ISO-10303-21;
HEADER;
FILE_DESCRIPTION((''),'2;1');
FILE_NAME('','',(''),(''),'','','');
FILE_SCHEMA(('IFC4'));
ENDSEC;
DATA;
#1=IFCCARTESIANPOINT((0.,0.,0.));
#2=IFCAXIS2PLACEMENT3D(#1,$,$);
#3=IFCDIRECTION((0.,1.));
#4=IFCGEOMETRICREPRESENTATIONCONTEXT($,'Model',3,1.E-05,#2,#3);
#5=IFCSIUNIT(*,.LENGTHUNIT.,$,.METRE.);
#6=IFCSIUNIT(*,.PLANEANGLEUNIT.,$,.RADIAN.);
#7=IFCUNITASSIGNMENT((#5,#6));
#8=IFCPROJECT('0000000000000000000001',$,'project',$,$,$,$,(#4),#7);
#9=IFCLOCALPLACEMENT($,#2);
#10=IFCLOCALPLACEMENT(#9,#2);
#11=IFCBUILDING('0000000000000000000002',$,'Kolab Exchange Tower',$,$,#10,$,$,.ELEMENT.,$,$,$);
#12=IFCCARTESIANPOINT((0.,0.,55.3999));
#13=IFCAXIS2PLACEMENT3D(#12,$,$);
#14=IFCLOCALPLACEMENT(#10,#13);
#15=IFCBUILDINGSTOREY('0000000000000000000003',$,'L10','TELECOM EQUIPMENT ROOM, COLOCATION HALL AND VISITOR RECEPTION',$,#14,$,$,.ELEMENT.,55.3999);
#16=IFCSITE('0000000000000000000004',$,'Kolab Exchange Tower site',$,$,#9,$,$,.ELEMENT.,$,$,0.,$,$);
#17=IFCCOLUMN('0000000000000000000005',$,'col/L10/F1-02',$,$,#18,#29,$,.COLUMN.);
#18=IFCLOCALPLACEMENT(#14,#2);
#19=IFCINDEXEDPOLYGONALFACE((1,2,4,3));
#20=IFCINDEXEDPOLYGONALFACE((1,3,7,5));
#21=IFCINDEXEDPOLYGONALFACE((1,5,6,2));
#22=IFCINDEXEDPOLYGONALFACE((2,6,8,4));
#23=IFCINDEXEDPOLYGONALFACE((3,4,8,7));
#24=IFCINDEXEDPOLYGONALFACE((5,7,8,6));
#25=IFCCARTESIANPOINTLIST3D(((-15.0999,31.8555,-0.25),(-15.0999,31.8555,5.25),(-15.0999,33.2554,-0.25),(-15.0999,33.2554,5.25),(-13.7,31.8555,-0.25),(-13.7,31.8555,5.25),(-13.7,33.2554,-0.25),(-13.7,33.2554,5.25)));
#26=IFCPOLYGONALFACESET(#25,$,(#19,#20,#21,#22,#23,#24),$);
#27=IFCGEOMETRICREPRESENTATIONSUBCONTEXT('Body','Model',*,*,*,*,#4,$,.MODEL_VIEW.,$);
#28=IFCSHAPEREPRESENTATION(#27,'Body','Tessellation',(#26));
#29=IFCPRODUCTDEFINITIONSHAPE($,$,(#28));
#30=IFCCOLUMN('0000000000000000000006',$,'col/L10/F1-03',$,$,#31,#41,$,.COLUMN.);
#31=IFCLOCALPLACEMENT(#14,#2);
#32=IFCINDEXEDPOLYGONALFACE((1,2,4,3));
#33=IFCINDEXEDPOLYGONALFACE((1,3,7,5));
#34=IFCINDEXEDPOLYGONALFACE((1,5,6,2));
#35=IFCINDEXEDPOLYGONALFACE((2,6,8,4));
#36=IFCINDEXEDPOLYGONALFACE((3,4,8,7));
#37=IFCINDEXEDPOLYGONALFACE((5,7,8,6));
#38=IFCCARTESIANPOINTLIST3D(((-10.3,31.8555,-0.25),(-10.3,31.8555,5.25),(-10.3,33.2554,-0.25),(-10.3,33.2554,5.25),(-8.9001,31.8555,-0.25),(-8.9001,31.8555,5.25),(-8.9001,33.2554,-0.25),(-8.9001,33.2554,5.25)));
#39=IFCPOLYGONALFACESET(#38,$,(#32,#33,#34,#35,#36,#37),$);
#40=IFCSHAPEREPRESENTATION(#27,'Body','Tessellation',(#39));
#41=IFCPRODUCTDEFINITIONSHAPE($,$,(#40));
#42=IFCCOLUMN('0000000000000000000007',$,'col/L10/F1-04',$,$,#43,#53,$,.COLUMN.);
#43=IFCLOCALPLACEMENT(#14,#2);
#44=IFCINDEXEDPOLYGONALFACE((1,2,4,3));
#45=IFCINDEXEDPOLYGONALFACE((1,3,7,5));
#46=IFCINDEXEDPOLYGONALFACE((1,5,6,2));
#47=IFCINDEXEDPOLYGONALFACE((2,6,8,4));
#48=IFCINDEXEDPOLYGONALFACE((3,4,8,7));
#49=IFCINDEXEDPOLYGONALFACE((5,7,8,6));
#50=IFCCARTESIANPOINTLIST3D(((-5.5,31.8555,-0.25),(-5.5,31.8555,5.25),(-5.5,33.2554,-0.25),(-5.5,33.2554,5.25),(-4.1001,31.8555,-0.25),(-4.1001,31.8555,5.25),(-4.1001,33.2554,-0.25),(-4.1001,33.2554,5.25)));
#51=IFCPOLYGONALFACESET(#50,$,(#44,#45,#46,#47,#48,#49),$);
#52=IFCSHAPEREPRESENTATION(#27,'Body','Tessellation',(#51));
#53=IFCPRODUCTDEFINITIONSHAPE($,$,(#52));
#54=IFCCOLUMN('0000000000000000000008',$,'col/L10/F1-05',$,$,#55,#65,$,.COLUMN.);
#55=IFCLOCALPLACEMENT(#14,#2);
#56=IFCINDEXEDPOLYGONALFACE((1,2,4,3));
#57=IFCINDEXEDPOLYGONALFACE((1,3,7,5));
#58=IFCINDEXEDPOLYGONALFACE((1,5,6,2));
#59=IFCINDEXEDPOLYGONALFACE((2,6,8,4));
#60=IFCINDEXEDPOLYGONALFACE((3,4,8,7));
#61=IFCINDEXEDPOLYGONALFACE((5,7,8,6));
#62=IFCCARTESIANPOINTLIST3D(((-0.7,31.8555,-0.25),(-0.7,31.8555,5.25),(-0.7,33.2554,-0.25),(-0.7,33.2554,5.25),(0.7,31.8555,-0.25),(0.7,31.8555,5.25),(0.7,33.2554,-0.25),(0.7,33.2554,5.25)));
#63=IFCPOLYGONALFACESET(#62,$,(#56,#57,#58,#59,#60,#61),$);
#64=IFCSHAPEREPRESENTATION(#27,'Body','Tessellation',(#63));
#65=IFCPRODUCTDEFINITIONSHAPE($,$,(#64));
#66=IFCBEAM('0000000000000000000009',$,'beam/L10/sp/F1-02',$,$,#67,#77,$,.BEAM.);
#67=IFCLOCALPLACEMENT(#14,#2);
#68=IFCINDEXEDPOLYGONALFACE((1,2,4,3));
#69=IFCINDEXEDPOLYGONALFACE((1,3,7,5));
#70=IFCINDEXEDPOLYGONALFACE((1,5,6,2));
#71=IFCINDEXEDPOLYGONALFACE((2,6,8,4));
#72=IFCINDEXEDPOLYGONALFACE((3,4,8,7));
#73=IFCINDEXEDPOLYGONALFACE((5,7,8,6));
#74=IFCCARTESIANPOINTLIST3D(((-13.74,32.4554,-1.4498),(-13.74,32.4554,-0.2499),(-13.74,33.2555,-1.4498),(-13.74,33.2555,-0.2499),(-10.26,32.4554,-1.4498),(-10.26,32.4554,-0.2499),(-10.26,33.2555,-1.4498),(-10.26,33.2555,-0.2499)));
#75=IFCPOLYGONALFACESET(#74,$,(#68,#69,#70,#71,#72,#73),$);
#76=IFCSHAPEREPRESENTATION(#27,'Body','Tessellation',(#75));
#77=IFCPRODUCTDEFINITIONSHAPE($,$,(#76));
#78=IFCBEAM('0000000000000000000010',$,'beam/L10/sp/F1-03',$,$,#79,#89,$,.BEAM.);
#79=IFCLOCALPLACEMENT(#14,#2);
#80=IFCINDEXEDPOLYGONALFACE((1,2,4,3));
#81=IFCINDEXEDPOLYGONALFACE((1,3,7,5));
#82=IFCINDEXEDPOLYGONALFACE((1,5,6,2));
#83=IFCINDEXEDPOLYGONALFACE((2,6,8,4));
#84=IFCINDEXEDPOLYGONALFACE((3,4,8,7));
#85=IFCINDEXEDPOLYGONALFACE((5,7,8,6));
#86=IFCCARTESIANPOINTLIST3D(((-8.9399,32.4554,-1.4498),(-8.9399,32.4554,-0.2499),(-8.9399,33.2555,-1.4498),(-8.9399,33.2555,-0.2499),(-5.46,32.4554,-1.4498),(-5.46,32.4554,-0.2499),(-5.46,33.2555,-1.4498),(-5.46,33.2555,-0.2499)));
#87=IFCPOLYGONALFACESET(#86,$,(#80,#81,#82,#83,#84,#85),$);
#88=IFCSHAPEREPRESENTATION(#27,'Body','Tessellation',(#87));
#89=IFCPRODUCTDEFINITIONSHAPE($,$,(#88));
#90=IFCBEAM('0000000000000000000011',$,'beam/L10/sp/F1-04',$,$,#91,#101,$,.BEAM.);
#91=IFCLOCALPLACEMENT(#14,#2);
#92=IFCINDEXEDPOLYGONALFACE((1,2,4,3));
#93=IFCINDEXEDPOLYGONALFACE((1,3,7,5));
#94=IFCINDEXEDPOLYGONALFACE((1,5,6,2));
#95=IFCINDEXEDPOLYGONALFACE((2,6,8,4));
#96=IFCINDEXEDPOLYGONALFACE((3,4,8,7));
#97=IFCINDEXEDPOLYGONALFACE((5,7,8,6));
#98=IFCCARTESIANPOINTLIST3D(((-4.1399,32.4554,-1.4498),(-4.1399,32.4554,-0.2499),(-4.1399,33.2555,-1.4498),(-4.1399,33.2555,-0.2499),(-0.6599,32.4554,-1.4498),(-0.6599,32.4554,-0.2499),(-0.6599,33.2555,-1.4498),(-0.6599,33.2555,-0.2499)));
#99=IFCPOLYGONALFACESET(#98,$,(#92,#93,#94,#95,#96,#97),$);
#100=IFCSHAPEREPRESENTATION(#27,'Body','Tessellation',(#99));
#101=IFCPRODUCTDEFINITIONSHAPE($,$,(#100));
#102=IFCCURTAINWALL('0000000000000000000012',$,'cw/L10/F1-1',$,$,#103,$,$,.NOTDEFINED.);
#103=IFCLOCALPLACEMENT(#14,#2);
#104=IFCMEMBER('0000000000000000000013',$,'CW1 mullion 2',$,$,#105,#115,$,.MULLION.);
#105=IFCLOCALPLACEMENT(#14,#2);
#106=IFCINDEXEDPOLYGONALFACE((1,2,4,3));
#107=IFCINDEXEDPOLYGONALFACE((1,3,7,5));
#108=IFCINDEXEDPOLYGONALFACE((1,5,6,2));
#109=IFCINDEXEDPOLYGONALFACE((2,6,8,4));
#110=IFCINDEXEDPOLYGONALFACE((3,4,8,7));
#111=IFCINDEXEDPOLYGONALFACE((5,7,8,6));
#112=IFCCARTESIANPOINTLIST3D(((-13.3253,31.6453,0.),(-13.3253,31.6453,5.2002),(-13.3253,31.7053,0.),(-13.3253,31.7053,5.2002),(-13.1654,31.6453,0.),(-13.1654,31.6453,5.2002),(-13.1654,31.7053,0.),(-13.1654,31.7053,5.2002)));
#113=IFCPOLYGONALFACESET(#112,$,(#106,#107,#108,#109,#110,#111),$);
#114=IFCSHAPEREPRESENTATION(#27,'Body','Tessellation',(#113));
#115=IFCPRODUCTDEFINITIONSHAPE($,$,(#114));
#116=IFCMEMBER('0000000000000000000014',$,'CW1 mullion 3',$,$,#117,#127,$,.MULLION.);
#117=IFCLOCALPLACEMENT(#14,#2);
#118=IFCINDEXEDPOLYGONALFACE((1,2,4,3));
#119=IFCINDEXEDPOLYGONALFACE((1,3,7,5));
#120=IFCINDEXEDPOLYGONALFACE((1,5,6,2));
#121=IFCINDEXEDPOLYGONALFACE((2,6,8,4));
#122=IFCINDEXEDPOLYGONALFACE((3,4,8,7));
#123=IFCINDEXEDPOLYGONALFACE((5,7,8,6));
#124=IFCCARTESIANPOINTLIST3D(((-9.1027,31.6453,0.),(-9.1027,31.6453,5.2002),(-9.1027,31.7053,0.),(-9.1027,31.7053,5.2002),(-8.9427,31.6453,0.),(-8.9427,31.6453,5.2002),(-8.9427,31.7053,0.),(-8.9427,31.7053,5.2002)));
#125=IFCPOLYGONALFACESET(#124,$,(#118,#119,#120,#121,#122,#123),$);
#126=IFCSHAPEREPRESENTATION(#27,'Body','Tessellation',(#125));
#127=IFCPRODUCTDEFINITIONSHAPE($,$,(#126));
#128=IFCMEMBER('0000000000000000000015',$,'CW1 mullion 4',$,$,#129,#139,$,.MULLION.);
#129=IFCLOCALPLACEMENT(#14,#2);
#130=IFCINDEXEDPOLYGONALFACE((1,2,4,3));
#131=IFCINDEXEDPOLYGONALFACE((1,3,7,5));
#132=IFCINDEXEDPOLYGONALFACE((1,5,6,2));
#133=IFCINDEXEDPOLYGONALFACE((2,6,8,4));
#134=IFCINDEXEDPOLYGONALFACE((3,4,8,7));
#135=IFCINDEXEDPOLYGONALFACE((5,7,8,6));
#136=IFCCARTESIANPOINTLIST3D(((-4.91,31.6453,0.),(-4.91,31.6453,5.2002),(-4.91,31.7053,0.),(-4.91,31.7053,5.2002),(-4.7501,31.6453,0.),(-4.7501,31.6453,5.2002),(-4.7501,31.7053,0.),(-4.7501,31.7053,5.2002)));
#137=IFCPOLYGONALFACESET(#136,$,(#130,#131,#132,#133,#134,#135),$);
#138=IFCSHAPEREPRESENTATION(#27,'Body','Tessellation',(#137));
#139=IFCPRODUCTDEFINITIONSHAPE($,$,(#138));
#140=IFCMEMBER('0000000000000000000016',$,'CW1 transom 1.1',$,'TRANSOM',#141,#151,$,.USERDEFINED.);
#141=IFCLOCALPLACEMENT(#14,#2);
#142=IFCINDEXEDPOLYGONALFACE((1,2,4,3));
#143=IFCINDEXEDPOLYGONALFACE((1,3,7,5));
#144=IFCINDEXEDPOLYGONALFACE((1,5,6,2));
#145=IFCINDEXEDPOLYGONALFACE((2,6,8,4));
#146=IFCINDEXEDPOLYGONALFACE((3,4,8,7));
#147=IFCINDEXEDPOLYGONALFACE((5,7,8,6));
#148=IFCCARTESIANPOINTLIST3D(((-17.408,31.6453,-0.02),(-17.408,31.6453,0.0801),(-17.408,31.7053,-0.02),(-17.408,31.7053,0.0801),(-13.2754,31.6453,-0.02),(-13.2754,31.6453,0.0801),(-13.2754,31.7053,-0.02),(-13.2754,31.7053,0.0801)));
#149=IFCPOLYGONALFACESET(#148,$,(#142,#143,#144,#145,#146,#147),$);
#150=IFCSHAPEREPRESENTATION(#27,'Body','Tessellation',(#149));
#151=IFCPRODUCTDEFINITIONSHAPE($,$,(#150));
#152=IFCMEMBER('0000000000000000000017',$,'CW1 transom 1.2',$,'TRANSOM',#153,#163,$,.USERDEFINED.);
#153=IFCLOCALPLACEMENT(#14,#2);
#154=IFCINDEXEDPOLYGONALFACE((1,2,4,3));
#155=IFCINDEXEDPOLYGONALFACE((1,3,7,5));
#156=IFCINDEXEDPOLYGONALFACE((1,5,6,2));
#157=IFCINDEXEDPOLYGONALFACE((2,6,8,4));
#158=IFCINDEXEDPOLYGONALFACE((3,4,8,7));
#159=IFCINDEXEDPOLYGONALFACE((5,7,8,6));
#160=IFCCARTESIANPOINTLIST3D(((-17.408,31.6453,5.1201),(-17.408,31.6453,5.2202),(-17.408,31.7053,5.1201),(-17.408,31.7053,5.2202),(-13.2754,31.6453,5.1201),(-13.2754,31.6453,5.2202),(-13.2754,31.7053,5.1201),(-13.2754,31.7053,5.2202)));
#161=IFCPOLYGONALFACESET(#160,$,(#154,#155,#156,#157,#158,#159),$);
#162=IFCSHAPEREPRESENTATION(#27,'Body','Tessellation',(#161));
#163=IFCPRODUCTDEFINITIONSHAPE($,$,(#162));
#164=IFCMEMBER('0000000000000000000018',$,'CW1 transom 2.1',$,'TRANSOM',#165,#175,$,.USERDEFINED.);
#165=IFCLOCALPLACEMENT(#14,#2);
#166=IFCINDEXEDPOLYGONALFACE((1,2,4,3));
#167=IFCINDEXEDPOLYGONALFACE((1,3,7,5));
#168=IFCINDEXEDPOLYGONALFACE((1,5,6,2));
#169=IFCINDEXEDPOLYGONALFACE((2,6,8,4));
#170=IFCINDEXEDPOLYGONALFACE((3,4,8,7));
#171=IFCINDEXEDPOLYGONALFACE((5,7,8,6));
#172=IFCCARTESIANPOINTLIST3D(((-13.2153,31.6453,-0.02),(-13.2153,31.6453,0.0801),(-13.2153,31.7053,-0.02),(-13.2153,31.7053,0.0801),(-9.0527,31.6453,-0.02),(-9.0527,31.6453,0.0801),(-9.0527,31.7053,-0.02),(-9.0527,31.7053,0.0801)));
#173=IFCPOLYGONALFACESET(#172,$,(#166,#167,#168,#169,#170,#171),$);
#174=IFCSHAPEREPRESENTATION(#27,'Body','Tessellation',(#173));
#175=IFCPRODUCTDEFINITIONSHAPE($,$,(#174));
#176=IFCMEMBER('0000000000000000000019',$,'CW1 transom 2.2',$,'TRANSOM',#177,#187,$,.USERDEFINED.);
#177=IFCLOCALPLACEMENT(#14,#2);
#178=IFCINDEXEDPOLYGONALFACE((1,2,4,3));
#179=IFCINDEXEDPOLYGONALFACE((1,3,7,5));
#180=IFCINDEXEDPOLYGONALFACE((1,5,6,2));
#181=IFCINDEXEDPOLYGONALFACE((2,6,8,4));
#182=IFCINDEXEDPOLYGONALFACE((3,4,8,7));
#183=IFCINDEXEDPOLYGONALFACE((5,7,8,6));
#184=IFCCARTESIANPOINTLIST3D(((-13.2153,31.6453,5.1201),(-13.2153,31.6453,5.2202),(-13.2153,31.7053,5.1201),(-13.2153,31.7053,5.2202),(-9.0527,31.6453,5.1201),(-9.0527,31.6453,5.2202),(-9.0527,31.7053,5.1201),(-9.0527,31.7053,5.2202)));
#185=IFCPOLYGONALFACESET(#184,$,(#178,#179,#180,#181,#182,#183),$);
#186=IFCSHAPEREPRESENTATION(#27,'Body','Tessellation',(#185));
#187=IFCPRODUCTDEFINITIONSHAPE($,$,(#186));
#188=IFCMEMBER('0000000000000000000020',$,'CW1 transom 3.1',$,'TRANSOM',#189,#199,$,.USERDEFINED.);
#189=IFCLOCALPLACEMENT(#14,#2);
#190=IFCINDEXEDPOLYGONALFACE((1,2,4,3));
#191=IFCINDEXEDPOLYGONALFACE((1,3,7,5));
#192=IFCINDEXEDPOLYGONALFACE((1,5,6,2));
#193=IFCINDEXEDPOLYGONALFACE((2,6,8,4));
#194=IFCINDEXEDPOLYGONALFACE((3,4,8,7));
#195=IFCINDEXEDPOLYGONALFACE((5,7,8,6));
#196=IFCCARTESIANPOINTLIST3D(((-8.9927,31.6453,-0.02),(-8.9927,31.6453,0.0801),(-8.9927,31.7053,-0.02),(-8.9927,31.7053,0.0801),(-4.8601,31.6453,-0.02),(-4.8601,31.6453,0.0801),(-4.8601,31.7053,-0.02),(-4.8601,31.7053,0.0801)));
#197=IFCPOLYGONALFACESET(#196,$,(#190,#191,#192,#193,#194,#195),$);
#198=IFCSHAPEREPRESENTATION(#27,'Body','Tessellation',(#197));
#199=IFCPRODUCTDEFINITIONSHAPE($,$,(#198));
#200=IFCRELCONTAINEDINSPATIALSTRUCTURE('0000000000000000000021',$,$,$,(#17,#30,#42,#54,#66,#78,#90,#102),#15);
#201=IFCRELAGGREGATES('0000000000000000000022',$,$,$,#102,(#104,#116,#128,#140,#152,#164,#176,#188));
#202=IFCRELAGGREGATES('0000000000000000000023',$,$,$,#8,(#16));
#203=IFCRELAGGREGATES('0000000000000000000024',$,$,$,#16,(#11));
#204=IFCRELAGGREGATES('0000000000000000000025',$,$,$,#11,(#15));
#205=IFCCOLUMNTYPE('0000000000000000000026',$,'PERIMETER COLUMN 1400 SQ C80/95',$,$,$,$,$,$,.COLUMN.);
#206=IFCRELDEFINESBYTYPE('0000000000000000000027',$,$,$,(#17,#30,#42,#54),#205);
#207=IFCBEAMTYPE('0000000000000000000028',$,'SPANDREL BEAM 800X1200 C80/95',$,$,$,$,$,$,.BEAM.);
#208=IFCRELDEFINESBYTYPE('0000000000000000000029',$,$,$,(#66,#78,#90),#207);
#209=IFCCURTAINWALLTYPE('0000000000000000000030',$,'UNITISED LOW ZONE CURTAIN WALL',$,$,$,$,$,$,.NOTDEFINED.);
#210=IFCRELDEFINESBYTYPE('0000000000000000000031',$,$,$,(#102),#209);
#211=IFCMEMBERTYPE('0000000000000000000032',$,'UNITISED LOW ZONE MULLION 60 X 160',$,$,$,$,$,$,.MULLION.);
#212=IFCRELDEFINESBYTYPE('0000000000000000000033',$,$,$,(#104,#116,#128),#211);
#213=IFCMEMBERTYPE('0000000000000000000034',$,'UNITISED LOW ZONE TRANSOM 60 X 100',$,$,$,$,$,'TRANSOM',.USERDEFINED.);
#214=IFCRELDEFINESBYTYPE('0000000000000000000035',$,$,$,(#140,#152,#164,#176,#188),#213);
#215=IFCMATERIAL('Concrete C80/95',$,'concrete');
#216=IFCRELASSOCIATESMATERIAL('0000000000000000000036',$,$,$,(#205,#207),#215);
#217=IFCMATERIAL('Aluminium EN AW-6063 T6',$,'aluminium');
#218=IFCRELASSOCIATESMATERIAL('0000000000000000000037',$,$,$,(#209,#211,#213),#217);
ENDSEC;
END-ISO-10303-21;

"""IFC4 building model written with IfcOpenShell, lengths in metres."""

from ifc_helpers import new_model, si_unit, direction, frame, origin, origin_2d, place, context, subcontext, project, spatial, rectangle, extrude, material, material_profile, profile_set, type_object, element, aggregate, save


model = new_model("IFC4")

# Units and contexts
model_context = context("Model", 3, precision=1e-05, world=origin(), true_north=direction((0.0, 1.0)))
body_context = subcontext(model_context, "Body", "Model", "MODEL_VIEW")
ifc_project = project(units=[si_unit("LENGTHUNIT", "METRE"), si_unit("PLANEANGLEUNIT", "RADIAN")], contexts=[model_context])

# Site, building, storey
site_placement = place(None, origin())
site = spatial("IfcSite", under=ifc_project, at=site_placement, Name="Kolab Exchange Tower site", CompositionType="ELEMENT", RefElevation=0.0)
building_placement = place(site_placement, origin())
building = spatial("IfcBuilding", under=site, at=building_placement, Name="Kolab Exchange Tower", CompositionType="ELEMENT")
storey_placement = place(building_placement, frame((0.0, 0.0, 55.3999)))
storey = spatial("IfcBuildingStorey", under=building, at=storey_placement, Name="L10", Description="TELECOM EQUIPMENT ROOM, COLOCATION HALL AND VISITOR RECEPTION", CompositionType="ELEMENT", Elevation=55.3999)

# Columns
ifc_material_1 = material(Name="Concrete C80/95", Category="concrete")
ifc_material_profile_1 = material_profile(ifc_material_1, rectangle(XDim=1.3999, YDim=1.3999, at=origin_2d()), Name="RC1400")
ifc_profile_set_1 = profile_set([ifc_material_profile_1], Name="Concrete C80/95")
column_type = type_object("IfcColumnType", Name="PERIMETER COLUMN 1400 SQ C80/95", PredefinedType="COLUMN", material=ifc_profile_set_1)
for number, where, z_axis, x_axis, name in (
    (1, (-14.3999, 32.5554, -0.25), (0.0, 0.0, 1.0), (1.0, 0.0, 0.0), "col/L10/F1-02"),
    (2, (-9.6001, 32.5554, -0.25), (0.0, 0.0, 1.0), (1.0, 0.0, 0.0), "col/L10/F1-03"),
    (3, (-4.8, 32.5554, -0.25), (0.0, 0.0, 1.0), (1.0, 0.0, 0.0), "col/L10/F1-04"),
    (4, (0.0, 32.5554, -0.25), (0.0, 0.0, 1.0), (1.0, 0.0, 0.0), "col/L10/F1-05"),
):
    element("IfcColumn", number, at=place(storey_placement, frame(where, z_axis=z_axis, x_axis=x_axis)), inside=storey, type_object=column_type, Name=name, PredefinedType="COLUMN", context=body_context, shape_type="SweptSolid", body=[
        extrude(rectangle(XDim=1.3999, YDim=1.3999, at=origin_2d()), origin(), (0.0, 0.0, 1.0), 5.5),
    ])

# Beams
ifc_material_profile_2 = material_profile(ifc_material_1, rectangle(XDim=0.8, YDim=1.2, at=origin_2d()), Name="RC800X1200")
ifc_profile_set_2 = profile_set([ifc_material_profile_2], Name="Concrete C80/95")
beam_type = type_object("IfcBeamType", Name="SPANDREL BEAM 800X1200 C80/95", PredefinedType="BEAM", material=ifc_profile_set_2)
for number, where, z_axis, x_axis, name in (
    (5, (-13.74, 32.8555, -0.8499), (1.0, 0.0, 0.0), (0.0, 1.0, 0.0), "beam/L10/sp/F1-02"),
    (6, (-8.9399, 32.8555, -0.8499), (1.0, 0.0, 0.0), (0.0, 1.0, 0.0), "beam/L10/sp/F1-03"),
    (7, (-4.1399, 32.8555, -0.8499), (1.0, 0.0, 0.0), (0.0, 1.0, 0.0), "beam/L10/sp/F1-04"),
):
    element("IfcBeam", number, at=place(storey_placement, frame(where, z_axis=z_axis, x_axis=x_axis)), inside=storey, type_object=beam_type, Name=name, PredefinedType="BEAM", context=body_context, shape_type="SweptSolid", body=[
        extrude(rectangle(XDim=0.8, YDim=1.2, at=origin_2d()), origin(), (0.0, 0.0, 1.0), 3.48),
    ])

# Curtain wall, members
ifc_material_2 = material(Name="Aluminium EN AW-6063 T6", Category="aluminium")
curtain_wall_type = type_object("IfcCurtainWallType", Name="UNITISED LOW ZONE CURTAIN WALL", PredefinedType="NOTDEFINED", material=ifc_material_2)
curtain_wall_placement = place(storey_placement, origin())
curtain_wall = element("IfcCurtainWall", 8, at=curtain_wall_placement, inside=storey, type_object=curtain_wall_type, Name="cw/L10/F1-1", PredefinedType="NOTDEFINED")
ifc_material_profile_3 = material_profile(ifc_material_2, rectangle(XDim=0.0601, YDim=0.1599, at=origin_2d()), Name="RECT 60X160")
ifc_profile_set_3 = profile_set([ifc_material_profile_3], Name="Aluminium EN AW-6063 T6")
member_type_1 = type_object("IfcMemberType", Name="UNITISED LOW ZONE MULLION 60 X 160", PredefinedType="MULLION", material=ifc_profile_set_3)
member_1_placement = place(storey_placement, frame((-13.2454, 31.6753, 0.0), z_axis=(0.0, 0.0, 1.0), x_axis=(0.0, 1.0, 0.0)))
member_1 = element("IfcMember", 9, at=member_1_placement, type_object=member_type_1, Name="CW1 mullion 2", PredefinedType="MULLION", context=body_context, shape_type="SweptSolid", body=[
    extrude(rectangle(XDim=0.0601, YDim=0.1599, at=origin_2d()), origin(), (0.0, 0.0, 1.0), 5.2002),
])
member_2_placement = place(storey_placement, frame((-9.0227, 31.6753, 0.0), z_axis=(0.0, 0.0, 1.0), x_axis=(0.0, 1.0, 0.0)))
member_2 = element("IfcMember", 10, at=member_2_placement, type_object=member_type_1, Name="CW1 mullion 3", PredefinedType="MULLION", context=body_context, shape_type="SweptSolid", body=[
    extrude(rectangle(XDim=0.0601, YDim=0.1599, at=origin_2d()), origin(), (0.0, 0.0, 1.0), 5.2002),
])
member_3_placement = place(storey_placement, frame((-4.8301, 31.6753, 0.0), z_axis=(0.0, 0.0, 1.0), x_axis=(0.0, 1.0, 0.0)))
member_3 = element("IfcMember", 11, at=member_3_placement, type_object=member_type_1, Name="CW1 mullion 4", PredefinedType="MULLION", context=body_context, shape_type="SweptSolid", body=[
    extrude(rectangle(XDim=0.0601, YDim=0.1599, at=origin_2d()), origin(), (0.0, 0.0, 1.0), 5.2002),
])
ifc_material_profile_4 = material_profile(ifc_material_2, rectangle(XDim=0.0601, YDim=0.1001, at=origin_2d()), Name="RECT 60X100")
ifc_profile_set_4 = profile_set([ifc_material_profile_4], Name="Aluminium EN AW-6063 T6")
member_type_2 = type_object("IfcMemberType", Name="UNITISED LOW ZONE TRANSOM 60 X 100", ElementType="TRANSOM", PredefinedType="USERDEFINED", material=ifc_profile_set_4)
member_4_placement = place(storey_placement, frame((-17.408, 31.6753, 0.03), z_axis=(1.0, 0.0, 0.0), x_axis=(0.0, 1.0, 0.0)))
member_4 = element("IfcMember", 12, at=member_4_placement, type_object=member_type_2, Name="CW1 transom 1.1", ObjectType="TRANSOM", PredefinedType="USERDEFINED", context=body_context, shape_type="SweptSolid", body=[
    extrude(rectangle(XDim=0.0601, YDim=0.1001, at=origin_2d()), origin(), (0.0, 0.0, 1.0), 4.1326),
])
member_5_placement = place(storey_placement, frame((-17.408, 31.6753, 5.1702), z_axis=(1.0, 0.0, 0.0), x_axis=(0.0, 1.0, 0.0)))
member_5 = element("IfcMember", 13, at=member_5_placement, type_object=member_type_2, Name="CW1 transom 1.2", ObjectType="TRANSOM", PredefinedType="USERDEFINED", context=body_context, shape_type="SweptSolid", body=[
    extrude(rectangle(XDim=0.0601, YDim=0.1001, at=origin_2d()), origin(), (0.0, 0.0, 1.0), 4.1326),
])
member_6_placement = place(storey_placement, frame((-13.2153, 31.6753, 0.03), z_axis=(1.0, 0.0, 0.0), x_axis=(0.0, 1.0, 0.0)))
member_6 = element("IfcMember", 14, at=member_6_placement, type_object=member_type_2, Name="CW1 transom 2.1", ObjectType="TRANSOM", PredefinedType="USERDEFINED", context=body_context, shape_type="SweptSolid", body=[
    extrude(rectangle(XDim=0.0601, YDim=0.1001, at=origin_2d()), origin(), (0.0, 0.0, 1.0), 4.1626),
])
member_7_placement = place(storey_placement, frame((-13.2153, 31.6753, 5.1702), z_axis=(1.0, 0.0, 0.0), x_axis=(0.0, 1.0, 0.0)))
member_7 = element("IfcMember", 15, at=member_7_placement, type_object=member_type_2, Name="CW1 transom 2.2", ObjectType="TRANSOM", PredefinedType="USERDEFINED", context=body_context, shape_type="SweptSolid", body=[
    extrude(rectangle(XDim=0.0601, YDim=0.1001, at=origin_2d()), origin(), (0.0, 0.0, 1.0), 4.1626),
])
member_8_placement = place(storey_placement, frame((-8.9927, 31.6753, 0.03), z_axis=(1.0, 0.0, 0.0), x_axis=(0.0, 1.0, 0.0)))
member_8 = element("IfcMember", 16, at=member_8_placement, type_object=member_type_2, Name="CW1 transom 3.1", ObjectType="TRANSOM", PredefinedType="USERDEFINED", context=body_context, shape_type="SweptSolid", body=[
    extrude(rectangle(XDim=0.0601, YDim=0.1001, at=origin_2d()), origin(), (0.0, 0.0, 1.0), 4.1326),
])
aggregate(curtain_wall, [member_1, member_2, member_3, member_4, member_5, member_6, member_7, member_8])

save(model, "model.ifc")
